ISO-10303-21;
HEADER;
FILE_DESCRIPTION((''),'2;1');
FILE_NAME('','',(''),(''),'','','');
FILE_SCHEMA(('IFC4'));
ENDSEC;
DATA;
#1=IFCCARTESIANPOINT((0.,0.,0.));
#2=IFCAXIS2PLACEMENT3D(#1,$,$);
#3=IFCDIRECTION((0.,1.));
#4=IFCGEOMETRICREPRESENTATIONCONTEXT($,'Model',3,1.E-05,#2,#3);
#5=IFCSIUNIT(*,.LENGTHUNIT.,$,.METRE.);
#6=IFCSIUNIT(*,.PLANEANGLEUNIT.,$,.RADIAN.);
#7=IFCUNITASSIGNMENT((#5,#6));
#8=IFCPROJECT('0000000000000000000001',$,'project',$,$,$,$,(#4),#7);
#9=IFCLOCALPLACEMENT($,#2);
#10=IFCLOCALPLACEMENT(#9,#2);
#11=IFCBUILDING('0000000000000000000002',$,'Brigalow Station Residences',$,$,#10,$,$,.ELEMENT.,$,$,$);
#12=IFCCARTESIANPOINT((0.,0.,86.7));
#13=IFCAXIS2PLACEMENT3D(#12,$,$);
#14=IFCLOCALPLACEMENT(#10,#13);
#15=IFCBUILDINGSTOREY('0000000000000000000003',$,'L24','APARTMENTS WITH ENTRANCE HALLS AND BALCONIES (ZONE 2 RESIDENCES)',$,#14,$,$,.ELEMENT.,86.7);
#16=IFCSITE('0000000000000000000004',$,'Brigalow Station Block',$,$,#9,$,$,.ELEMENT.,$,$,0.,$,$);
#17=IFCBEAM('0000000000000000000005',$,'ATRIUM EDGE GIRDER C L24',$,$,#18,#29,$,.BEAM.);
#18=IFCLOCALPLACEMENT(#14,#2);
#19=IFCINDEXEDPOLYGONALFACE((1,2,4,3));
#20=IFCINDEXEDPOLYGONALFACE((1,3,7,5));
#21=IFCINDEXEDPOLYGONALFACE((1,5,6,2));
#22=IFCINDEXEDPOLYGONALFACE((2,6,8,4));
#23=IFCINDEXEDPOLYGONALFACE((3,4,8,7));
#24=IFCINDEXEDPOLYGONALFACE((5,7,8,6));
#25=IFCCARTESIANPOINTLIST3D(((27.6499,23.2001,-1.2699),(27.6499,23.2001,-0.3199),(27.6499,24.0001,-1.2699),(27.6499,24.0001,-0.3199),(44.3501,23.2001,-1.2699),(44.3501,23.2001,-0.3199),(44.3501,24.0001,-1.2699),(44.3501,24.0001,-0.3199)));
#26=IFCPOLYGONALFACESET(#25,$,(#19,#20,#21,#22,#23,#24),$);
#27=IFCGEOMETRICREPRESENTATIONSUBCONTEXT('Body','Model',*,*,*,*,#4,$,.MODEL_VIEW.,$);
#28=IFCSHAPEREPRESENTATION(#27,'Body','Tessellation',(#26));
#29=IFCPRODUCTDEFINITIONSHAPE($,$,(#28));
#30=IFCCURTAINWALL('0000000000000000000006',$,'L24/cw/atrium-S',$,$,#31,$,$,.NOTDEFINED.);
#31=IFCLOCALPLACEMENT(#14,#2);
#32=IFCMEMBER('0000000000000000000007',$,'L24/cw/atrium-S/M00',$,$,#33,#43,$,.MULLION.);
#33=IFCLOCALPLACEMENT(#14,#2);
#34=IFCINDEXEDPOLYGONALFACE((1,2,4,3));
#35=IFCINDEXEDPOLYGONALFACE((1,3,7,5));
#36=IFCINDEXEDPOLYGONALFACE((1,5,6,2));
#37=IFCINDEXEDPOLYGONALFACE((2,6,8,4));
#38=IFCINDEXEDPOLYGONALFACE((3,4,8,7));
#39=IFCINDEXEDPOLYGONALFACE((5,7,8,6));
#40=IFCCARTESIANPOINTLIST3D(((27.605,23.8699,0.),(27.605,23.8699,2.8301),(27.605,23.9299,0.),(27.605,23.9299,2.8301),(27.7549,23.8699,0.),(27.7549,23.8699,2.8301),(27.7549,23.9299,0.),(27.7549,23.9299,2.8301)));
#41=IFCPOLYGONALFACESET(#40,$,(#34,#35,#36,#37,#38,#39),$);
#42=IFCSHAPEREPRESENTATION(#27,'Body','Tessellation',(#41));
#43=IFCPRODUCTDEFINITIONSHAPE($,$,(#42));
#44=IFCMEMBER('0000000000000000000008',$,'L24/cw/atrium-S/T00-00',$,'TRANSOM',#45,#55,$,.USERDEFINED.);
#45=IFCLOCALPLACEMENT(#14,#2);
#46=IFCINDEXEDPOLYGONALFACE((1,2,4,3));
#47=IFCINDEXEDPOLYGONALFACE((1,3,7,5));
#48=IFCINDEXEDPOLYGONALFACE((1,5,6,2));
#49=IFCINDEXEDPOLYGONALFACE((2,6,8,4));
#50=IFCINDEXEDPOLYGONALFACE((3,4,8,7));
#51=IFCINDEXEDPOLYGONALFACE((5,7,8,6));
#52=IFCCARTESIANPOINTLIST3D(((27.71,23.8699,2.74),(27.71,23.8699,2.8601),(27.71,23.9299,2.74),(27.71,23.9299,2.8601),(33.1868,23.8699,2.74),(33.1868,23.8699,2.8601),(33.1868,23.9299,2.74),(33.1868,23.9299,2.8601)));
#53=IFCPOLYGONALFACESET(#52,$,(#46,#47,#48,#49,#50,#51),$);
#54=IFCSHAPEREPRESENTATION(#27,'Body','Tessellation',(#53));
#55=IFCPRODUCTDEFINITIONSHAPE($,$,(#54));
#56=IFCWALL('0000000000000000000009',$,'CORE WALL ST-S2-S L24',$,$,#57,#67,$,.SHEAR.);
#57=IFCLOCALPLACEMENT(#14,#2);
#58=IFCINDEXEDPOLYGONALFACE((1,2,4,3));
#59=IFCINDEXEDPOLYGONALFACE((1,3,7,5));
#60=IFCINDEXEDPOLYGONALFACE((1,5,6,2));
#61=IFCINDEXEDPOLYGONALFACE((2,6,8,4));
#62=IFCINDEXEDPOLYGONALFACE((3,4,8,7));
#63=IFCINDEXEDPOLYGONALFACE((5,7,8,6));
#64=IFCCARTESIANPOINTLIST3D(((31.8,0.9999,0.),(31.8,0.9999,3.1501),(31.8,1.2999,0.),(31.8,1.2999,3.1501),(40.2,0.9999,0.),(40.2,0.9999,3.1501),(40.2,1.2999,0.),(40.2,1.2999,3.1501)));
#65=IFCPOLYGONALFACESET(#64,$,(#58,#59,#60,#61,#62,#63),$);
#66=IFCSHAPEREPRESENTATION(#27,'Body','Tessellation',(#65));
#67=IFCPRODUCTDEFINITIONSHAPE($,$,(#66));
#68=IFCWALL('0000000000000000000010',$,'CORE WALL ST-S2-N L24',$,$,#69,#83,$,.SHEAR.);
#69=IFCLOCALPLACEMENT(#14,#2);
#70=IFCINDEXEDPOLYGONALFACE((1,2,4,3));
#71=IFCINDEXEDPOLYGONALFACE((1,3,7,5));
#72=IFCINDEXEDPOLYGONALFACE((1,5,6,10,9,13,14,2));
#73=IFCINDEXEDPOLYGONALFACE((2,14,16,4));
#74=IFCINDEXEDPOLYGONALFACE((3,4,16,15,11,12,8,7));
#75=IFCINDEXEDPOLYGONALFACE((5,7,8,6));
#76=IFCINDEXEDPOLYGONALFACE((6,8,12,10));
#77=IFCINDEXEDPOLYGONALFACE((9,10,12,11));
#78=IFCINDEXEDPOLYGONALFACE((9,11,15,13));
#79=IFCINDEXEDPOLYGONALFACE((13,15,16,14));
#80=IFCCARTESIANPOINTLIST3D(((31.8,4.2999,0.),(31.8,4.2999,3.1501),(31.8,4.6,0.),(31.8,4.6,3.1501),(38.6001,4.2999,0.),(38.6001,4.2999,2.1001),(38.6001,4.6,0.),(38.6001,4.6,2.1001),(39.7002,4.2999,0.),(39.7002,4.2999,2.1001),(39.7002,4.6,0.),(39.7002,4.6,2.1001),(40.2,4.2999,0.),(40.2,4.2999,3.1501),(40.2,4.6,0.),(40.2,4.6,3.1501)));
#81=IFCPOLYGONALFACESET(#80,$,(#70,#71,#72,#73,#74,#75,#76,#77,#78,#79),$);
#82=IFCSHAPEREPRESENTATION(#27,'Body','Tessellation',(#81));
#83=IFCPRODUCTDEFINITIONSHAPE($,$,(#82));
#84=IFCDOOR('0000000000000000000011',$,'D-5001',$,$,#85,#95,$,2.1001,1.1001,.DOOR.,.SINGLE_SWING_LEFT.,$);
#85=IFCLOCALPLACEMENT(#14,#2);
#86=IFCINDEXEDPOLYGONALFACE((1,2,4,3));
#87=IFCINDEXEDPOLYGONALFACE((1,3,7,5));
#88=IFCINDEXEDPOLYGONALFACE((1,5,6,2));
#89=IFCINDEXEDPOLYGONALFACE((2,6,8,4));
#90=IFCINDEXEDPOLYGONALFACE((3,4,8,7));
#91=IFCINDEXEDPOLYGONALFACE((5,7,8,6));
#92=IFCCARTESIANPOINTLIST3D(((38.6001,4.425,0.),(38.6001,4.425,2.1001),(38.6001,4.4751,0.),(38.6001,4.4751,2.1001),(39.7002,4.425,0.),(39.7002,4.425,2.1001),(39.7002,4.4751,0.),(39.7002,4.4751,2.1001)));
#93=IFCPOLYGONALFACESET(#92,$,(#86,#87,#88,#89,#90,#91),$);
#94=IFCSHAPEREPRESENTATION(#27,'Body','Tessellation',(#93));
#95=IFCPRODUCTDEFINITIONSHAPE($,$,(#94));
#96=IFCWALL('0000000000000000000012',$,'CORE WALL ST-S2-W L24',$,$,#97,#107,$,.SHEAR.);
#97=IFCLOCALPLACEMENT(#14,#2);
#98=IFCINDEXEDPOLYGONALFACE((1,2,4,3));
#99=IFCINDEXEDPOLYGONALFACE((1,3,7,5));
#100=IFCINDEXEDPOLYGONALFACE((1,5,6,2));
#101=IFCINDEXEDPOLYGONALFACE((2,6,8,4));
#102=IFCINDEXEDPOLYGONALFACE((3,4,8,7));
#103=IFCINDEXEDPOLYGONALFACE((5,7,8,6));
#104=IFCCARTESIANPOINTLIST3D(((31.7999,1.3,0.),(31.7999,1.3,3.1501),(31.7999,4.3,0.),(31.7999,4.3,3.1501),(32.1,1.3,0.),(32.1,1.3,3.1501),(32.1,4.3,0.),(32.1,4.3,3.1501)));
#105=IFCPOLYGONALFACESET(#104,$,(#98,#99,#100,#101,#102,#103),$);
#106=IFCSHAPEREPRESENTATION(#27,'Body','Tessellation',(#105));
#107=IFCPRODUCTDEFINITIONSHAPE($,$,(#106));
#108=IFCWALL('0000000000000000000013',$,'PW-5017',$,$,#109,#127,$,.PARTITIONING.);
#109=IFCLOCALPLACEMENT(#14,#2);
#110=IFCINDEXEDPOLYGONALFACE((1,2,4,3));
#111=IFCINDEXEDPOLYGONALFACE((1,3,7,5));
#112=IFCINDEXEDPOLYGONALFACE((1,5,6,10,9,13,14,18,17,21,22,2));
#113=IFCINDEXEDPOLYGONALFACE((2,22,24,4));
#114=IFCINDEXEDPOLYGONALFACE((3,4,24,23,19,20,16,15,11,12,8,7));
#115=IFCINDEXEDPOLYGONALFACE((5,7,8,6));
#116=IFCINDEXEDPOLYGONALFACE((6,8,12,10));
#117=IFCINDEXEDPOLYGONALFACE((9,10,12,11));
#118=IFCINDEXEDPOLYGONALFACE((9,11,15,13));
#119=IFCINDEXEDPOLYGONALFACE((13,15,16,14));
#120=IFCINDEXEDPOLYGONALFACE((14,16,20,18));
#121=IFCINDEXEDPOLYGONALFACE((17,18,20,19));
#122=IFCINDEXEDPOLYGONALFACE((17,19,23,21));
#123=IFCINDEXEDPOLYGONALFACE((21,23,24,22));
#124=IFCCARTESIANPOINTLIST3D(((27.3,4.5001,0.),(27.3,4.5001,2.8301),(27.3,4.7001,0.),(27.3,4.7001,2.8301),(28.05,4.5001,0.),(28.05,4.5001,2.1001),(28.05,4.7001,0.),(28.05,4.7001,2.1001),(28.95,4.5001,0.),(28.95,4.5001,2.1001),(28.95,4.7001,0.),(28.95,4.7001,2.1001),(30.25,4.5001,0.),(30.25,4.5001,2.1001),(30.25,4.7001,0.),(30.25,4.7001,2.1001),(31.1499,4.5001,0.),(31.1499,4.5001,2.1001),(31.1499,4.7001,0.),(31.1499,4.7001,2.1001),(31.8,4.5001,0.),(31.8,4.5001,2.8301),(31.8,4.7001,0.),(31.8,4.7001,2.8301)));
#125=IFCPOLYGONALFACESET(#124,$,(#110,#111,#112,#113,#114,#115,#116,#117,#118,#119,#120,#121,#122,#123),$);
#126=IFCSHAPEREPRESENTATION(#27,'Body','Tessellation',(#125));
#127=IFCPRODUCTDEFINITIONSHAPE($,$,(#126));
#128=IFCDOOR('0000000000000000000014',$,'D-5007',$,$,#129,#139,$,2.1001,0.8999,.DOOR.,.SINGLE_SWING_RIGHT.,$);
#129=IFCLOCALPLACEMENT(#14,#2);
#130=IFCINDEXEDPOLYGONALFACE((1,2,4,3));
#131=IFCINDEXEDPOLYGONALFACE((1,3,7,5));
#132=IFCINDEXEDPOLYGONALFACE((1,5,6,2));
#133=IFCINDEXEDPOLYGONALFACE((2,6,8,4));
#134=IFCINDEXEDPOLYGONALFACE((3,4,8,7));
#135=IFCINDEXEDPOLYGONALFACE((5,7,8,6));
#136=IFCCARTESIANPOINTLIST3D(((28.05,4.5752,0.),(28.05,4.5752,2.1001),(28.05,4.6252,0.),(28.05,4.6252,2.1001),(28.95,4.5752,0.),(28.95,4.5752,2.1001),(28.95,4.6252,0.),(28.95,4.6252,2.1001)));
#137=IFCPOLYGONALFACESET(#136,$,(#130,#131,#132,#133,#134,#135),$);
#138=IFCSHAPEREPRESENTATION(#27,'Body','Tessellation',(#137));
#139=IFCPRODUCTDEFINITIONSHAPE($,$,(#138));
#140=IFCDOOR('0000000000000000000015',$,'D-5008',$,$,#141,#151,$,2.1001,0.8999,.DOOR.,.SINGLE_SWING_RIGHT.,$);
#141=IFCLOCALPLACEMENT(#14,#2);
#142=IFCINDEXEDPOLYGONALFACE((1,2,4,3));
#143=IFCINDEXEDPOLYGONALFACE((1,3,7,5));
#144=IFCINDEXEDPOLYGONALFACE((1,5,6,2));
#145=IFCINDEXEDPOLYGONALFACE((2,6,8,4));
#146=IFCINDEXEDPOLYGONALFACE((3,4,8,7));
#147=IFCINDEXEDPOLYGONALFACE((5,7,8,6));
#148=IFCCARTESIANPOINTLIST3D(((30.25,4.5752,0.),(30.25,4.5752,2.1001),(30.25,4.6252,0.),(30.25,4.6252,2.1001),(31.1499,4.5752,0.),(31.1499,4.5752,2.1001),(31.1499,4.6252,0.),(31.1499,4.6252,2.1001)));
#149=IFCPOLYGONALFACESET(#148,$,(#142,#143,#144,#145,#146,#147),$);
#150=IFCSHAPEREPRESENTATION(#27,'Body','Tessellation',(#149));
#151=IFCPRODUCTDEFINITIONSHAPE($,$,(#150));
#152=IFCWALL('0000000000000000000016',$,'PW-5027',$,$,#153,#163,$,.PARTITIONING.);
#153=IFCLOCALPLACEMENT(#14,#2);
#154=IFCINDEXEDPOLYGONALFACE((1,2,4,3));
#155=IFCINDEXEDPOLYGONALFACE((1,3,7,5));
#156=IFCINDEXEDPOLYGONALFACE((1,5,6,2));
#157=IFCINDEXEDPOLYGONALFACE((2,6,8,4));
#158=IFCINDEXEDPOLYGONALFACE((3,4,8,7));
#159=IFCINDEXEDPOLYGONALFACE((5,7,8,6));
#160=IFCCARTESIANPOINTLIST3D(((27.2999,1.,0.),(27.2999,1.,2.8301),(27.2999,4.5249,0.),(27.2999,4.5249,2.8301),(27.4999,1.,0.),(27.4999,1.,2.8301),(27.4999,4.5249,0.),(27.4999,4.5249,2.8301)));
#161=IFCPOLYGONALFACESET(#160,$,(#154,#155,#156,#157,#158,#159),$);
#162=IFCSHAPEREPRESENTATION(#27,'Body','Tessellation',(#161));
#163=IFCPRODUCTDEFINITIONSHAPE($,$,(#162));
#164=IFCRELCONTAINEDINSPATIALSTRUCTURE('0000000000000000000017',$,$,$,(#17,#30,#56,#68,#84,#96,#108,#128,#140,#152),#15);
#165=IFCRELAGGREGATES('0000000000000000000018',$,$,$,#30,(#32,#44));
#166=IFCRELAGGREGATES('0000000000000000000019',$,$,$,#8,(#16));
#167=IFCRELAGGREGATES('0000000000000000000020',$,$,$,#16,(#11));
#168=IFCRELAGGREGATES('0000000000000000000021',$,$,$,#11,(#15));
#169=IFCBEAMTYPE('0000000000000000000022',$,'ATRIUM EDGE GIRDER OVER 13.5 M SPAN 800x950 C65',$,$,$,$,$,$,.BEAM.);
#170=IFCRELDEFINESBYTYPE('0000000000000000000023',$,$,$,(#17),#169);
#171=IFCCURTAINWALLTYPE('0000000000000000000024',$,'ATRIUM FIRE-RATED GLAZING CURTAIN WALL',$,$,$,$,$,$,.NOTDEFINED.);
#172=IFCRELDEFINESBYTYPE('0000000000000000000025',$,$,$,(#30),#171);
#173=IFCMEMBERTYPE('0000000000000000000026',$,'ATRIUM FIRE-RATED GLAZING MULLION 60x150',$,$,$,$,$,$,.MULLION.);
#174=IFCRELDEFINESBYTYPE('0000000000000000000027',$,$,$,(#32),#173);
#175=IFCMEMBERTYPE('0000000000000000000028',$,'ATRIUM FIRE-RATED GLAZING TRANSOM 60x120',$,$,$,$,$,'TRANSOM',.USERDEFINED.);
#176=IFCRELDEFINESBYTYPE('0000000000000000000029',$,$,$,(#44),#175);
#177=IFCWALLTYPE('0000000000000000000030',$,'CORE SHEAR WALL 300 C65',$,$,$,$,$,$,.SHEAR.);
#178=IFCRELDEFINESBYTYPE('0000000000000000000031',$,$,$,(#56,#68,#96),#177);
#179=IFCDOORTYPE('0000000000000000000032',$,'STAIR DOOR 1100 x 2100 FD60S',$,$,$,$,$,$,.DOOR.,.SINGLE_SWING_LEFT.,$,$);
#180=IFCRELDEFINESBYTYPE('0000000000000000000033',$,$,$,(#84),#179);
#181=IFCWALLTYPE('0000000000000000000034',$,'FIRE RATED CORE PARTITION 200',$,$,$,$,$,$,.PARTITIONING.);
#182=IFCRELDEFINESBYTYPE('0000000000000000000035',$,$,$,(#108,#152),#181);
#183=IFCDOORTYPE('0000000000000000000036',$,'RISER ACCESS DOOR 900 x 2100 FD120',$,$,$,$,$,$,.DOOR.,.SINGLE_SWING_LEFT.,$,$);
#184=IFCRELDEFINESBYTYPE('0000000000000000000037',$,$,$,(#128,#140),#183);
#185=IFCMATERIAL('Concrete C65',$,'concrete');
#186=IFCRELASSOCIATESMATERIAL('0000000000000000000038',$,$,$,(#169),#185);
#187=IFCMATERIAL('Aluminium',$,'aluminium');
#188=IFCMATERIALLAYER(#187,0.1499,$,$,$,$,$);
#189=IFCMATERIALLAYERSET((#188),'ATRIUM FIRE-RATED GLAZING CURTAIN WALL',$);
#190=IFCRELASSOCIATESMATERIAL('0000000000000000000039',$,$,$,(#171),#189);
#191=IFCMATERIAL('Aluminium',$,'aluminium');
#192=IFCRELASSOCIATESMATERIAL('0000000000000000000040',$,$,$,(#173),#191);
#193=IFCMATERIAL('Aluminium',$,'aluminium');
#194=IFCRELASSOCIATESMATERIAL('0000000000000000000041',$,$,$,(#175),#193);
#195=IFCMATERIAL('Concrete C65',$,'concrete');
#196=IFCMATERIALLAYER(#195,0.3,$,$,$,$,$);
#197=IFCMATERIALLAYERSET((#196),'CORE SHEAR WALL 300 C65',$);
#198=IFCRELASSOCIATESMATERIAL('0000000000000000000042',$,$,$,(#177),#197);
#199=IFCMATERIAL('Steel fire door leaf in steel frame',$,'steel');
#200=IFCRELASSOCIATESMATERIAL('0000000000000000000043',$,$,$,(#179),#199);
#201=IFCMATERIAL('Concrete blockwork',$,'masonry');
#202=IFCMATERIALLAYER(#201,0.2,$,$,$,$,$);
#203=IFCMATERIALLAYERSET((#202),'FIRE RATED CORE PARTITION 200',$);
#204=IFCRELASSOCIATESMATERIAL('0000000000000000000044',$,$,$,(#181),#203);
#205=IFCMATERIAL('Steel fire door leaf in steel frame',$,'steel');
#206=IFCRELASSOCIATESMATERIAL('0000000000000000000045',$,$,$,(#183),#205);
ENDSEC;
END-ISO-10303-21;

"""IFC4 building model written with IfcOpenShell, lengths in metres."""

from ifc_helpers import new_model, si_unit, direction, frame, frame_2d, origin, origin_2d, place, context, subcontext, project, spatial, rectangle, extrude, material, layer, layer_set, material_profile, profile_set, type_object, element, fill, aggregate, save


model = new_model("IFC4")

# Units and contexts
model_context = context("Model", 3, precision=1e-05, world=origin(), true_north=direction((0.0, 1.0)))
body_context = subcontext(model_context, "Body", "Model", "MODEL_VIEW")
ifc_project = project(units=[si_unit("LENGTHUNIT", "METRE"), si_unit("PLANEANGLEUNIT", "RADIAN")], contexts=[model_context])

# Site, building, storey
site_placement = place(None, origin())
site = spatial("IfcSite", under=ifc_project, at=site_placement, Name="Brigalow Station Block", CompositionType="ELEMENT", RefElevation=0.0)
building_placement = place(site_placement, origin())
building = spatial("IfcBuilding", under=site, at=building_placement, Name="Brigalow Station Residences", CompositionType="ELEMENT")
storey_placement = place(building_placement, frame((0.0, 0.0, 86.7)))
storey = spatial("IfcBuildingStorey", under=building, at=storey_placement, Name="L24", Description="APARTMENTS WITH ENTRANCE HALLS AND BALCONIES (ZONE 2 RESIDENCES)", CompositionType="ELEMENT", Elevation=86.7)

# Beam
ifc_material_1 = material(Name="Concrete C65", Category="concrete")
ifc_material_profile_1 = material_profile(ifc_material_1, rectangle(XDim=0.8, YDim=0.95, at=origin_2d()), Name="RC800x950")
ifc_profile_set_1 = profile_set([ifc_material_profile_1], Name="Concrete C65")
beam_type = type_object("IfcBeamType", Name="ATRIUM EDGE GIRDER OVER 13.5 M SPAN 800x950 C65", PredefinedType="BEAM", material=ifc_profile_set_1)
beam_placement = place(storey_placement, frame((27.6499, 23.6001, -0.7949), z_axis=(1.0, 0.0, 0.0), x_axis=(0.0, 1.0, 0.0)))
element("IfcBeam", 1, at=beam_placement, inside=storey, type_object=beam_type, Name="ATRIUM EDGE GIRDER C L24", PredefinedType="BEAM", context=body_context, shape_type="SweptSolid", body=[
    extrude(rectangle(XDim=0.8, YDim=0.95, at=origin_2d()), origin(), (0.0, 0.0, 1.0), 16.7002),
])

# Curtain wall, members
ifc_material_2 = material(Name="Aluminium", Category="aluminium")
ifc_layer_1 = layer(ifc_material_2, 0.1499)
ifc_layer_set_1 = layer_set([ifc_layer_1], Name="ATRIUM FIRE-RATED GLAZING CURTAIN WALL")
curtain_wall_type = type_object("IfcCurtainWallType", Name="ATRIUM FIRE-RATED GLAZING CURTAIN WALL", PredefinedType="NOTDEFINED", material=ifc_layer_set_1)
curtain_wall_placement = place(storey_placement, origin())
curtain_wall = element("IfcCurtainWall", 2, at=curtain_wall_placement, inside=storey, type_object=curtain_wall_type, Name="L24/cw/atrium-S", PredefinedType="NOTDEFINED")
ifc_material_3 = material(Name="Aluminium", Category="aluminium")
ifc_material_profile_2 = material_profile(ifc_material_3, rectangle(XDim=0.0601, YDim=0.1499, at=origin_2d()), Name="ATRIUM FIRE-RATED GLAZING MULLION 60x150")
ifc_profile_set_2 = profile_set([ifc_material_profile_2], Name="Aluminium")
member_type_1 = type_object("IfcMemberType", Name="ATRIUM FIRE-RATED GLAZING MULLION 60x150", PredefinedType="MULLION", material=ifc_profile_set_2)
member_1_placement = place(storey_placement, frame((27.6799, 23.8999, 0.0), z_axis=(0.0, 0.0, 1.0), x_axis=(0.0, 1.0, 0.0)))
member_1 = element("IfcMember", 3, at=member_1_placement, type_object=member_type_1, Name="L24/cw/atrium-S/M00", PredefinedType="MULLION", context=body_context, shape_type="SweptSolid", body=[
    extrude(rectangle(XDim=0.0601, YDim=0.1499, at=origin_2d()), origin(), (0.0, 0.0, 1.0), 2.8301),
])
ifc_material_4 = material(Name="Aluminium", Category="aluminium")
ifc_material_profile_3 = material_profile(ifc_material_4, rectangle(XDim=0.0601, YDim=0.1201, at=origin_2d()), Name="ATRIUM FIRE-RATED GLAZING TRANSOM 60x120")
ifc_profile_set_3 = profile_set([ifc_material_profile_3], Name="Aluminium")
member_type_2 = type_object("IfcMemberType", Name="ATRIUM FIRE-RATED GLAZING TRANSOM 60x120", ElementType="TRANSOM", PredefinedType="USERDEFINED", material=ifc_profile_set_3)
member_2_placement = place(storey_placement, frame((27.71, 23.8999, 2.8), z_axis=(1.0, 0.0, 0.0), x_axis=(0.0, 1.0, 0.0)))
member_2 = element("IfcMember", 4, at=member_2_placement, type_object=member_type_2, Name="L24/cw/atrium-S/T00-00", ObjectType="TRANSOM", PredefinedType="USERDEFINED", context=body_context, shape_type="SweptSolid", body=[
    extrude(rectangle(XDim=0.0601, YDim=0.1201, at=origin_2d()), origin(), (0.0, 0.0, 1.0), 5.4768),
])
aggregate(curtain_wall, [member_1, member_2])

# Wall
ifc_material_5 = material(Name="Concrete C65", Category="concrete")
ifc_layer_2 = layer(ifc_material_5, 0.3)
ifc_layer_set_2 = layer_set([ifc_layer_2], Name="CORE SHEAR WALL 300 C65")
wall_type_1 = type_object("IfcWallType", Name="CORE SHEAR WALL 300 C65", PredefinedType="SHEAR", material=ifc_layer_set_2)
wall_1_placement = place(storey_placement, frame((31.8, 1.1499, 0.0), z_axis=(0.0, 0.0, 1.0), x_axis=(1.0, 0.0, 0.0)))
element("IfcWall", 5, at=wall_1_placement, inside=storey, type_object=wall_type_1, Name="CORE WALL ST-S2-S L24", PredefinedType="SHEAR", context=body_context, shape_type="SweptSolid", body=[
    extrude(rectangle(XDim=8.3999, YDim=0.3, at=frame_2d((4.2, 0.0))), origin(), (0.0, 0.0, 1.0), 3.1501),
])

# Wall, opening, door
wall_2_placement = place(storey_placement, frame((31.8, 4.45, 0.0), z_axis=(0.0, 0.0, 1.0), x_axis=(1.0, 0.0, 0.0)))
wall_2 = element("IfcWall", 6, at=wall_2_placement, inside=storey, type_object=wall_type_1, Name="CORE WALL ST-S2-N L24", PredefinedType="SHEAR", context=body_context, shape_type="SweptSolid", body=[
    extrude(rectangle(XDim=8.3999, YDim=0.3, at=frame_2d((4.2, 0.0))), origin(), (0.0, 0.0, 1.0), 3.1501),
])
opening_1_placement = place(wall_2_placement, frame((6.8, 0.0, 0.0)))
opening_1 = element("IfcOpeningElement", 7, at=opening_1_placement, cuts=wall_2, PredefinedType="OPENING", context=body_context, shape_type="SweptSolid", body=[
    extrude(rectangle(XDim=1.1001, YDim=2.1001, at=frame_2d((0.55, 1.05))), frame((0.0, 0.1602, 0.0), z_axis=(0.0, -1.0, 0.0), x_axis=(1.0, 0.0, 0.0)), (0.0, 0.0, 1.0), 0.3201),
])
ifc_material_6 = material(Name="Steel fire door leaf in steel frame", Category="steel")
door_type_1 = type_object("IfcDoorType", Name="STAIR DOOR 1100 x 2100 FD60S", OperationType="SINGLE_SWING_LEFT", PredefinedType="DOOR", material=ifc_material_6)
door_1_placement = place(opening_1_placement, frame((1.1001, 0.0, 0.0), z_axis=(0.0, 0.0, 1.0), x_axis=(-1.0, 0.0, 0.0)))
door_1 = element("IfcDoor", 8, at=door_1_placement, inside=storey, type_object=door_type_1, Name="D-5001", OperationType="SINGLE_SWING_LEFT", OverallHeight=2.1001, OverallWidth=1.1001, PredefinedType="DOOR", context=body_context, shape_type="SweptSolid", body=[
    extrude(rectangle(XDim=1.1001, YDim=2.1001, at=frame_2d((0.55, 1.05))), frame((0.0, 0.0249, 0.0), z_axis=(0.0, -1.0, 0.0), x_axis=(1.0, 0.0, 0.0)), (0.0, 0.0, 1.0), 0.05),
])
fill(opening_1, door_1)

# Wall
wall_3_placement = place(storey_placement, frame((31.95, 1.3, 0.0), z_axis=(0.0, 0.0, 1.0), x_axis=(0.0, 1.0, 0.0)))
element("IfcWall", 9, at=wall_3_placement, inside=storey, type_object=wall_type_1, Name="CORE WALL ST-S2-W L24", PredefinedType="SHEAR", context=body_context, shape_type="SweptSolid", body=[
    extrude(rectangle(XDim=3.0, YDim=0.3, at=frame_2d((1.5, 0.0))), origin(), (0.0, 0.0, 1.0), 3.1501),
])

# Wall, openings, doors
ifc_material_7 = material(Name="Concrete blockwork", Category="masonry")
ifc_layer_3 = layer(ifc_material_7, 0.2)
ifc_layer_set_3 = layer_set([ifc_layer_3], Name="FIRE RATED CORE PARTITION 200")
wall_type_2 = type_object("IfcWallType", Name="FIRE RATED CORE PARTITION 200", PredefinedType="PARTITIONING", material=ifc_layer_set_3)
wall_4_placement = place(storey_placement, frame((27.3, 4.6001, 0.0), z_axis=(0.0, 0.0, 1.0), x_axis=(1.0, 0.0, 0.0)))
wall_4 = element("IfcWall", 10, at=wall_4_placement, inside=storey, type_object=wall_type_2, Name="PW-5017", PredefinedType="PARTITIONING", context=body_context, shape_type="SweptSolid", body=[
    extrude(rectangle(XDim=4.5, YDim=0.2, at=frame_2d((2.25, 0.0))), origin(), (0.0, 0.0, 1.0), 2.8301),
])
opening_2_placement = place(wall_4_placement, frame((0.75, 0.0, 0.0)))
opening_2 = element("IfcOpeningElement", 11, at=opening_2_placement, cuts=wall_4, PredefinedType="OPENING", context=body_context, shape_type="SweptSolid", body=[
    extrude(rectangle(XDim=0.8999, YDim=2.1001, at=frame_2d((0.45, 1.05))), frame((0.0, 0.1099, 0.0), z_axis=(0.0, -1.0, 0.0), x_axis=(1.0, 0.0, 0.0)), (0.0, 0.0, 1.0), 0.22),
])
opening_3_placement = place(wall_4_placement, frame((2.95, 0.0, 0.0)))
opening_3 = element("IfcOpeningElement", 12, at=opening_3_placement, cuts=wall_4, PredefinedType="OPENING", context=body_context, shape_type="SweptSolid", body=[
    extrude(rectangle(XDim=0.8999, YDim=2.1001, at=frame_2d((0.45, 1.05))), frame((0.0, 0.1099, 0.0), z_axis=(0.0, -1.0, 0.0), x_axis=(1.0, 0.0, 0.0)), (0.0, 0.0, 1.0), 0.22),
])
ifc_material_8 = material(Name="Steel fire door leaf in steel frame", Category="steel")
door_type_2 = type_object("IfcDoorType", Name="RISER ACCESS DOOR 900 x 2100 FD120", OperationType="SINGLE_SWING_LEFT", PredefinedType="DOOR", material=ifc_material_8)
door_2_placement = place(opening_2_placement, frame((0.8999, 0.0, 0.0), z_axis=(0.0, 0.0, 1.0), x_axis=(-1.0, 0.0, 0.0)))
door_2 = element("IfcDoor", 13, at=door_2_placement, inside=storey, type_object=door_type_2, Name="D-5007", OperationType="SINGLE_SWING_RIGHT", OverallHeight=2.1001, OverallWidth=0.8999, PredefinedType="DOOR", context=body_context, shape_type="SweptSolid", body=[
    extrude(rectangle(XDim=0.8999, YDim=2.1001, at=frame_2d((0.45, 1.05))), frame((0.0, 0.0249, 0.0), z_axis=(0.0, -1.0, 0.0), x_axis=(1.0, 0.0, 0.0)), (0.0, 0.0, 1.0), 0.05),
])
fill(opening_2, door_2)
door_3_placement = place(opening_3_placement, frame((0.8999, 0.0, 0.0), z_axis=(0.0, 0.0, 1.0), x_axis=(-1.0, 0.0, 0.0)))
door_3 = element("IfcDoor", 14, at=door_3_placement, inside=storey, type_object=door_type_2, Name="D-5008", OperationType="SINGLE_SWING_RIGHT", OverallHeight=2.1001, OverallWidth=0.8999, PredefinedType="DOOR", context=body_context, shape_type="SweptSolid", body=[
    extrude(rectangle(XDim=0.8999, YDim=2.1001, at=frame_2d((0.45, 1.05))), frame((0.0, 0.0249, 0.0), z_axis=(0.0, -1.0, 0.0), x_axis=(1.0, 0.0, 0.0)), (0.0, 0.0, 1.0), 0.05),
])
fill(opening_3, door_3)

# Wall
wall_5_placement = place(storey_placement, frame((27.3999, 1.0, 0.0), z_axis=(0.0, 0.0, 1.0), x_axis=(0.0, 1.0, 0.0)))
element("IfcWall", 15, at=wall_5_placement, inside=storey, type_object=wall_type_2, Name="PW-5027", PredefinedType="PARTITIONING", context=body_context, shape_type="SweptSolid", body=[
    extrude(rectangle(XDim=3.5249, YDim=0.2, at=frame_2d((1.7625, 0.0))), origin(), (0.0, 0.0, 1.0), 2.8301),
])

save(model, "model.ifc")
